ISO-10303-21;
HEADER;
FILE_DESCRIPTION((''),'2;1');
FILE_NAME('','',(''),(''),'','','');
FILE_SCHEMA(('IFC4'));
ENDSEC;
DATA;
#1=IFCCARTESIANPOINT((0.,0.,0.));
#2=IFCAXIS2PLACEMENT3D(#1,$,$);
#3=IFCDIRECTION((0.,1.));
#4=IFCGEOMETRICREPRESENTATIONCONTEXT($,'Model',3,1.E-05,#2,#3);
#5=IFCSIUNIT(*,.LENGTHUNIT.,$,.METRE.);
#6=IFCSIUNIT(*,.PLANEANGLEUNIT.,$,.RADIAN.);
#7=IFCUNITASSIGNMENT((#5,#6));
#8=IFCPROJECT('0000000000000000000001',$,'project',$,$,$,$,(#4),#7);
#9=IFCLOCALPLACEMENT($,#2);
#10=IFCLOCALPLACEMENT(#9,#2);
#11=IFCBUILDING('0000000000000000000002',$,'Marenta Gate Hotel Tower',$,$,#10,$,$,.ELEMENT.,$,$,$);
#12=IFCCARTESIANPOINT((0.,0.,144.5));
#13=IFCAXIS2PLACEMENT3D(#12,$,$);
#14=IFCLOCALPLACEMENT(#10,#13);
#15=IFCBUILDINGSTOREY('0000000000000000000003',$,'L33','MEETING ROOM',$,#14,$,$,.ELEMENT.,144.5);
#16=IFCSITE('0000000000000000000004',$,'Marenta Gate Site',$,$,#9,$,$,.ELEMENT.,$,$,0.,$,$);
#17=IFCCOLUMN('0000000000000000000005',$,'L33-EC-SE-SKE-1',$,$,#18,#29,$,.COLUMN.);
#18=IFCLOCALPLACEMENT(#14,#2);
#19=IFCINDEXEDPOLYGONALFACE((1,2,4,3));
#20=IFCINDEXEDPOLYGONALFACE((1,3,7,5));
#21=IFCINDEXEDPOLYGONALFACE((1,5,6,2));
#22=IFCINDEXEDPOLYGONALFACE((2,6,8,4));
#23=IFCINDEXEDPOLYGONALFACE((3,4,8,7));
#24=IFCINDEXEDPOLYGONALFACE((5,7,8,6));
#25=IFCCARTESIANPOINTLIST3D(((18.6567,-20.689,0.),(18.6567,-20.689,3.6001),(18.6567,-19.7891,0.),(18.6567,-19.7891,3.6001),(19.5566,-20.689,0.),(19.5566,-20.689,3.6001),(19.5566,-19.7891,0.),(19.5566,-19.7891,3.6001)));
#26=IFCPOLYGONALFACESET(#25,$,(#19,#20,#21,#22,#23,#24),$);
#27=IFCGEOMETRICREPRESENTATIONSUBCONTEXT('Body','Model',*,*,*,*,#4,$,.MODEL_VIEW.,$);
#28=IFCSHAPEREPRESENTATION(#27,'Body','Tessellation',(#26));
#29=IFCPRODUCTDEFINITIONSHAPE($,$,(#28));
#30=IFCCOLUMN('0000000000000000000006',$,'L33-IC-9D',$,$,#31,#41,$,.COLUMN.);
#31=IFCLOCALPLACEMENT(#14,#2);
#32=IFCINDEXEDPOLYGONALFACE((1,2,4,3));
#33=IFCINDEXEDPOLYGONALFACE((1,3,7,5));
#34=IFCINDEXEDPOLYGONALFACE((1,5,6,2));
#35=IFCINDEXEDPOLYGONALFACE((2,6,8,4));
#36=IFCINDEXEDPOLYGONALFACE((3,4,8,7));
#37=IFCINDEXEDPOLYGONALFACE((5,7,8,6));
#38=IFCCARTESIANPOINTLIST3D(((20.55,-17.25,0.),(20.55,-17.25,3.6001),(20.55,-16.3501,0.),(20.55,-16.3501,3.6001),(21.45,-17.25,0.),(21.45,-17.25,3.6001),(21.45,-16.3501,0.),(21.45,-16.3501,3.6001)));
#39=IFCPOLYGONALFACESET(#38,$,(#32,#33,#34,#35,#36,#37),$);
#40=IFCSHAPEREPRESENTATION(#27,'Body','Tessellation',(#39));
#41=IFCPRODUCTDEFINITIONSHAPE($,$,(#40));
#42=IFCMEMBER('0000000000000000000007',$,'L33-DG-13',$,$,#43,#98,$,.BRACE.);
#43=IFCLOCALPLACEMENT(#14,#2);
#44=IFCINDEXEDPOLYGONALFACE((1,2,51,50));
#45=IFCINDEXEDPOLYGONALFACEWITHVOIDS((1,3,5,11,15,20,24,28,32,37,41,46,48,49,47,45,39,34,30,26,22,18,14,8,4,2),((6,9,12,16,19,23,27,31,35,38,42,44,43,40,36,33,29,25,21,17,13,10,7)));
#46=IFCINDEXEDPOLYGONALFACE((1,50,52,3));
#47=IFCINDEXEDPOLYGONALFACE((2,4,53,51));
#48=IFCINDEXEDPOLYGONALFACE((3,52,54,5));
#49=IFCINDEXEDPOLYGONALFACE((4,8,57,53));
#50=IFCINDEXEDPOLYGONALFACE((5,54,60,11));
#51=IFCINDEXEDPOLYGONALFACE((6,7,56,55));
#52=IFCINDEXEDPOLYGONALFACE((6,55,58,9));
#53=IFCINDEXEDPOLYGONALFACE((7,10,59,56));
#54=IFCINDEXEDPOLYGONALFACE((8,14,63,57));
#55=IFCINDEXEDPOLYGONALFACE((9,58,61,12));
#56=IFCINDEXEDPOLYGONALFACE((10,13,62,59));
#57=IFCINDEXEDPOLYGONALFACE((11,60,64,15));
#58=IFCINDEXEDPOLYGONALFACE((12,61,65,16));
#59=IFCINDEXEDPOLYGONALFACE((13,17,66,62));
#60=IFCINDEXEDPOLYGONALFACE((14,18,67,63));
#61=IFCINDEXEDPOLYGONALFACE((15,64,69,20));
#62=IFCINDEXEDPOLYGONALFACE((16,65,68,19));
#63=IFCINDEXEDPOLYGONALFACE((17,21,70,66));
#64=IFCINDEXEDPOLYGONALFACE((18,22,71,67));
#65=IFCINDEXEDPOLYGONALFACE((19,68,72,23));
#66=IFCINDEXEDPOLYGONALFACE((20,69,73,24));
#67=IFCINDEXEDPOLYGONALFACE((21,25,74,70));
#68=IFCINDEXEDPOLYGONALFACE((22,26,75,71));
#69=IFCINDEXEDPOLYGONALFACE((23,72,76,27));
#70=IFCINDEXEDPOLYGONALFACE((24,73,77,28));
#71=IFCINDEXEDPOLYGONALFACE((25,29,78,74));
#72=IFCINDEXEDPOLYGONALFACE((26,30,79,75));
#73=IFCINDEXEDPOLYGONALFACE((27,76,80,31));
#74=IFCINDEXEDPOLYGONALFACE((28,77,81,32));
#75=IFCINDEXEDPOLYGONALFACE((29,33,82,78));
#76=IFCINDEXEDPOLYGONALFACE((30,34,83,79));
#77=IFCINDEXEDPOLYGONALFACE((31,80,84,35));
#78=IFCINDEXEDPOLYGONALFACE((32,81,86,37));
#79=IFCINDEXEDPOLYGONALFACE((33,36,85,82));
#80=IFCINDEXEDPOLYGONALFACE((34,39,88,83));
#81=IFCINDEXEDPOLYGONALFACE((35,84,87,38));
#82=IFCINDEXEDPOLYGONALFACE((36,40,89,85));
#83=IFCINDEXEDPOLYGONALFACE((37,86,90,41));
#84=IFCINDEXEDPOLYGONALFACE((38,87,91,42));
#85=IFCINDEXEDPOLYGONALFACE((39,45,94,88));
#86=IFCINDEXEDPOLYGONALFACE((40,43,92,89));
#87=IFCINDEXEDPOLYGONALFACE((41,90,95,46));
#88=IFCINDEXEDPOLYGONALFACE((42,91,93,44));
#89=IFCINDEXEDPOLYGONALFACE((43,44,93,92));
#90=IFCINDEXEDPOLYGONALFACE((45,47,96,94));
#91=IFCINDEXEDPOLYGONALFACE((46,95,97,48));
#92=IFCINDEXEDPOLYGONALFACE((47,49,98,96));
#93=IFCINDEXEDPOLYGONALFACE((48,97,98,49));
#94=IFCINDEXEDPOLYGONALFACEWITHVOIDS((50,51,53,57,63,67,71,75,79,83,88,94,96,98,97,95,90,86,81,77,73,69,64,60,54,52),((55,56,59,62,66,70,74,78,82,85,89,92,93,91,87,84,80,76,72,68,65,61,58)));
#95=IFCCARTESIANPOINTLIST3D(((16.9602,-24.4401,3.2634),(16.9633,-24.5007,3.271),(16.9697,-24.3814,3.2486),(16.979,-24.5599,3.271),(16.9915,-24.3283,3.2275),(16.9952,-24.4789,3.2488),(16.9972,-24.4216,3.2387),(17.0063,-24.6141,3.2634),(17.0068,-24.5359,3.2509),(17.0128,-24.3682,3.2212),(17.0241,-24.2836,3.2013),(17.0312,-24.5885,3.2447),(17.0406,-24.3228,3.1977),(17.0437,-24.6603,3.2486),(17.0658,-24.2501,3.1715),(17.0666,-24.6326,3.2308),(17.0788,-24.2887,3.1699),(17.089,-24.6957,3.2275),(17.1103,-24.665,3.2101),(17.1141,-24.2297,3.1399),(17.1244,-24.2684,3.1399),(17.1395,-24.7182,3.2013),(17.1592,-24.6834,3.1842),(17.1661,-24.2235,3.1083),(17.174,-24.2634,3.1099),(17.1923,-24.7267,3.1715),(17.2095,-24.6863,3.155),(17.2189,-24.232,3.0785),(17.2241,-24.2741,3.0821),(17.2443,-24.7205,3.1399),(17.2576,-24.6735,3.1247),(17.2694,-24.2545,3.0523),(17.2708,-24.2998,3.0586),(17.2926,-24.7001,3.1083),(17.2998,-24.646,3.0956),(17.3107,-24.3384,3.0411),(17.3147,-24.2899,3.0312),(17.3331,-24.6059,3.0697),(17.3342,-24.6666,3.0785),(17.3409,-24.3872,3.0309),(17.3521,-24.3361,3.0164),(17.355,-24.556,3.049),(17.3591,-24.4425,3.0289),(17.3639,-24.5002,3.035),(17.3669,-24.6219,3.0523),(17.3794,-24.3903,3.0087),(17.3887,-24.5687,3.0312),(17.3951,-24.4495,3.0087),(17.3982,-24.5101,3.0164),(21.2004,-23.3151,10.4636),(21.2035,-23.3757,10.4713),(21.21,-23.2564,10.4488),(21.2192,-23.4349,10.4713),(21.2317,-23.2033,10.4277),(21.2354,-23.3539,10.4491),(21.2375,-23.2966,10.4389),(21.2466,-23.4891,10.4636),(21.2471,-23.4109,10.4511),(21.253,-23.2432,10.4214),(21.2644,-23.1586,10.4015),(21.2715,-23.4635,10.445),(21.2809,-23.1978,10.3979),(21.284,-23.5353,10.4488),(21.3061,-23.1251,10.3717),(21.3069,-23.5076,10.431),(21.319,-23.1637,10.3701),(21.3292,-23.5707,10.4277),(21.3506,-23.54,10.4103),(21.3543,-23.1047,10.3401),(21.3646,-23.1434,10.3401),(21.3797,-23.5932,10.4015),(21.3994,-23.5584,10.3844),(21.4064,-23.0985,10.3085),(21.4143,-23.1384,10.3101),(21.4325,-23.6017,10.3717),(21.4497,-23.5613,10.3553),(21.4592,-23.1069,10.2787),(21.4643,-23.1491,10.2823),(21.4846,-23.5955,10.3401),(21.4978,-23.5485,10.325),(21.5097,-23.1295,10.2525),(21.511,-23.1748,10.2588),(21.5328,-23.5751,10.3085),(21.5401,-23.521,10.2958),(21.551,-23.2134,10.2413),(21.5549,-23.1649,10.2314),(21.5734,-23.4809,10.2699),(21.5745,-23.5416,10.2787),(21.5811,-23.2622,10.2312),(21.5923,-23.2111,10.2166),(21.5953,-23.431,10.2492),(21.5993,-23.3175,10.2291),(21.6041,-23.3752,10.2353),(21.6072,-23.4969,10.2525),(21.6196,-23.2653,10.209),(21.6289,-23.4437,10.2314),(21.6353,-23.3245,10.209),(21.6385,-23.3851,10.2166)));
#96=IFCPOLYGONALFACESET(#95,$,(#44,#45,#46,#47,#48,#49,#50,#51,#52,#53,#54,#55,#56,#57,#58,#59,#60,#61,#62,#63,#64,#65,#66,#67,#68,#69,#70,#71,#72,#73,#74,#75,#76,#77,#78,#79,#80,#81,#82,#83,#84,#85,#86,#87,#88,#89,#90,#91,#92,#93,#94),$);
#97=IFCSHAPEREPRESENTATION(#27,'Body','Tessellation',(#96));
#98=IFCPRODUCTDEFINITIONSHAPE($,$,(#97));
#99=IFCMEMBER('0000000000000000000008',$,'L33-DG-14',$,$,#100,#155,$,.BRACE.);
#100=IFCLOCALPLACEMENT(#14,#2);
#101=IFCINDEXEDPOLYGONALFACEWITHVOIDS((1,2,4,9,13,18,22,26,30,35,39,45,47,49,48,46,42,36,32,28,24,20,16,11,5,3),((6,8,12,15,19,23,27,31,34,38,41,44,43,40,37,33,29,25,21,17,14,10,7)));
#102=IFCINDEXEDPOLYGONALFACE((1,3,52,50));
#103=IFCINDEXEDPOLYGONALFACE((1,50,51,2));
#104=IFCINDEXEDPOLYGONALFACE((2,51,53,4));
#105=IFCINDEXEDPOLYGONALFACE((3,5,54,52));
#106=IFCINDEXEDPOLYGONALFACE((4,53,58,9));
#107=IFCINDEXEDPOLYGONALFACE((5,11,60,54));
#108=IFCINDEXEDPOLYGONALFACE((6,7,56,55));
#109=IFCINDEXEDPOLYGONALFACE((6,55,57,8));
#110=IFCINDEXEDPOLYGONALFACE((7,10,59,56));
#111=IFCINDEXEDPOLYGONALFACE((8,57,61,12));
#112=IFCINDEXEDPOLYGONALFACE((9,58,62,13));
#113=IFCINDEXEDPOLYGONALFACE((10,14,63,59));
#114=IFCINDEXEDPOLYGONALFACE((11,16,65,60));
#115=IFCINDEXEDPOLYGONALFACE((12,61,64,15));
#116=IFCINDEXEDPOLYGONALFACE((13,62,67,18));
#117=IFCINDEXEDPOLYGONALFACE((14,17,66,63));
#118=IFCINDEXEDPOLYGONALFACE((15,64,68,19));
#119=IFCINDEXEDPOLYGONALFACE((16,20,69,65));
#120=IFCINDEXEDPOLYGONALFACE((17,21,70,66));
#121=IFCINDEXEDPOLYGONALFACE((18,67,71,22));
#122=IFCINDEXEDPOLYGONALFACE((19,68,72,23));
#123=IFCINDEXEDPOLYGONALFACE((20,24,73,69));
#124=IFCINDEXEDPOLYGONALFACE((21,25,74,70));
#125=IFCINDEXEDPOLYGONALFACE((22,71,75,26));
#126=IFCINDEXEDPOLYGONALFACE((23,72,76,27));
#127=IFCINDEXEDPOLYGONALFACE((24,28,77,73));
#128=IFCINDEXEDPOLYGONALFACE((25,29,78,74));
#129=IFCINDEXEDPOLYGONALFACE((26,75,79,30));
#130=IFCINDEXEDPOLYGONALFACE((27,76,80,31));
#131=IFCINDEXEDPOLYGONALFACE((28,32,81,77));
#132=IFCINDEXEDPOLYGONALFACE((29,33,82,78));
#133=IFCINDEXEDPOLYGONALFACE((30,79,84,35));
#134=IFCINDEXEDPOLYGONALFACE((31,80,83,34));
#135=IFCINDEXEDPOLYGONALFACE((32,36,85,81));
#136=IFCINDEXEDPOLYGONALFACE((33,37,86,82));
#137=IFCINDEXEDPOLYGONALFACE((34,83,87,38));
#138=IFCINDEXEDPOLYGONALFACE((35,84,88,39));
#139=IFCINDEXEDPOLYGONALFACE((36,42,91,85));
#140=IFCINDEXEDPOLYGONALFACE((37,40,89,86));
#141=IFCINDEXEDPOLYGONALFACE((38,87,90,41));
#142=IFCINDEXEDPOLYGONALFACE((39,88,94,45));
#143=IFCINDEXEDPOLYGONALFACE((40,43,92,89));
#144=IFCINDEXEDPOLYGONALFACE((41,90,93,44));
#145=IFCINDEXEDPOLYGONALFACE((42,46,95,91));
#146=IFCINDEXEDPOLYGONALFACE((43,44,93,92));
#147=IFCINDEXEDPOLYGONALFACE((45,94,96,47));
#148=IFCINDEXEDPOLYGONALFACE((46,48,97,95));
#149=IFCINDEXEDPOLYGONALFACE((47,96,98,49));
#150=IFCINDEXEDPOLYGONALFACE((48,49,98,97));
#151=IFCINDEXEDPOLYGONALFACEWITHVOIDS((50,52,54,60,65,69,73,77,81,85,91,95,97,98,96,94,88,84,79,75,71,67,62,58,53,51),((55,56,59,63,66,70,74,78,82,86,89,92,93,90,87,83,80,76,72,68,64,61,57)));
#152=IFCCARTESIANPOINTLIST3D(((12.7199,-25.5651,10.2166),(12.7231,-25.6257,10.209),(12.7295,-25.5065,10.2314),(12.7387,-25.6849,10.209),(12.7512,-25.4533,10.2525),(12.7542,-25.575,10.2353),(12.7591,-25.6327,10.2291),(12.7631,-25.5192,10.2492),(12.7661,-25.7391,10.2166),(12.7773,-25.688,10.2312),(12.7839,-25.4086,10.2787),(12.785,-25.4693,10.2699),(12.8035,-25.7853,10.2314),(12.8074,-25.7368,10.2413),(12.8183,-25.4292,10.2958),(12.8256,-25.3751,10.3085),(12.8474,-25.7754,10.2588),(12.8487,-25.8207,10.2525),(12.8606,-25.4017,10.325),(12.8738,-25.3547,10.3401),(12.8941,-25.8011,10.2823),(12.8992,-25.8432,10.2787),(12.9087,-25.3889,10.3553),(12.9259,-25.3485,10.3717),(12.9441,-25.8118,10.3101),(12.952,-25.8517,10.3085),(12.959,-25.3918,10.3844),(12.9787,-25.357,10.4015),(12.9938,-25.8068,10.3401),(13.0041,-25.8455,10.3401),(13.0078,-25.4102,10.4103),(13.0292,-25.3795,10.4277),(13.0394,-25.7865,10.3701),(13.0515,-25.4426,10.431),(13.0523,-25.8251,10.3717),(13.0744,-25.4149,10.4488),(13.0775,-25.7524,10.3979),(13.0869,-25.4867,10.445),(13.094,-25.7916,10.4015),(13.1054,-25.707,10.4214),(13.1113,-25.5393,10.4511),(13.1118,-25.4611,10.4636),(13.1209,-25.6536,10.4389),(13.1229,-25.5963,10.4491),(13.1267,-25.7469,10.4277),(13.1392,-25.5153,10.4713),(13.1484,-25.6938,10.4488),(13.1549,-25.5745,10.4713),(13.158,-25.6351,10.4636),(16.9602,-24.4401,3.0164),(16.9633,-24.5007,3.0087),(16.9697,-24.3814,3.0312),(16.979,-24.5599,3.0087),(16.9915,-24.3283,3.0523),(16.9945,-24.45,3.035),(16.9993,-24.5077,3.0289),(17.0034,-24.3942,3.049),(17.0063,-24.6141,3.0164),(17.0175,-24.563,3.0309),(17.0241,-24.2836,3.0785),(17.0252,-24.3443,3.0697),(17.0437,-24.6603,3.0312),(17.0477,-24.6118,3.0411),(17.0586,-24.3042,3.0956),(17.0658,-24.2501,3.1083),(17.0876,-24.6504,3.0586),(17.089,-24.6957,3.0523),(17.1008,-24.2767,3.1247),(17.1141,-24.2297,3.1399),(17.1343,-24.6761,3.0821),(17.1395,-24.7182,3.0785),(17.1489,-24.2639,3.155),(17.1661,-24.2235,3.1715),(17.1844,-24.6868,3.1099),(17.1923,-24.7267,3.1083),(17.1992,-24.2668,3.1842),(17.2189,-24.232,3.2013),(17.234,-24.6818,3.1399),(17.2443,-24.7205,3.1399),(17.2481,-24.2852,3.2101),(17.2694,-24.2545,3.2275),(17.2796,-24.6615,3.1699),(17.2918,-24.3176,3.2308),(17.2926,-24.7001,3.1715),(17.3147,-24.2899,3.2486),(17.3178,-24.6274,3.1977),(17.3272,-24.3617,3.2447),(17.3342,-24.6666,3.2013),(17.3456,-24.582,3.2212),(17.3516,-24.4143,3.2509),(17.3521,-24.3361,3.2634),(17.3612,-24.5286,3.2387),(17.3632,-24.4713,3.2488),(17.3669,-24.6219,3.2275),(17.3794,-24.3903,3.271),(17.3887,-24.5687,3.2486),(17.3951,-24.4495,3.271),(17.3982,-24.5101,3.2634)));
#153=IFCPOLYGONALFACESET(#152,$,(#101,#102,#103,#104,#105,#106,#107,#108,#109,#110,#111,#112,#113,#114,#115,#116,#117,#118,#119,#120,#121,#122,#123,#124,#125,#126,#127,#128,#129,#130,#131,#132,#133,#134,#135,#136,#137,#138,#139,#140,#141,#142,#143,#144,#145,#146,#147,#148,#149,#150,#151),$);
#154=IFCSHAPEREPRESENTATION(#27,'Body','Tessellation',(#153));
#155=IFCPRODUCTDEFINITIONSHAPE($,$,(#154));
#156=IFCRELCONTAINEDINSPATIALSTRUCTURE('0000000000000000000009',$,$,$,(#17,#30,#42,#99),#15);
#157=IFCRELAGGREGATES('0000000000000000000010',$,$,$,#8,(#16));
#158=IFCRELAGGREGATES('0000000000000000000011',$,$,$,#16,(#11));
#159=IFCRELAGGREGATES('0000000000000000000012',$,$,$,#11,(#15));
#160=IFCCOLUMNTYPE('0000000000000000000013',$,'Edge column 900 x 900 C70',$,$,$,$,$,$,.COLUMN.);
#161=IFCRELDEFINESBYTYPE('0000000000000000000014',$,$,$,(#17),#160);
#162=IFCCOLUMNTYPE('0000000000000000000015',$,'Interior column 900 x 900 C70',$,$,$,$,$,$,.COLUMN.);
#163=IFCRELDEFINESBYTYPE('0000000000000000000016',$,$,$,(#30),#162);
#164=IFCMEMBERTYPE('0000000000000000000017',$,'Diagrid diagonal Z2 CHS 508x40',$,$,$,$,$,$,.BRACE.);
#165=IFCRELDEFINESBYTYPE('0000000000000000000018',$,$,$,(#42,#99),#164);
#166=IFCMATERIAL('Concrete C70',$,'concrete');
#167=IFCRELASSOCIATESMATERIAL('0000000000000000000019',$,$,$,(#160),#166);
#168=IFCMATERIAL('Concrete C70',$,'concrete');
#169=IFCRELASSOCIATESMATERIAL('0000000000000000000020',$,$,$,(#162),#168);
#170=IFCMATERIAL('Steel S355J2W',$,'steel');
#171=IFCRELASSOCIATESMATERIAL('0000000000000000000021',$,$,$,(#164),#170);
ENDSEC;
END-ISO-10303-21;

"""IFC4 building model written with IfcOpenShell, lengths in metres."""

from ifc_helpers import new_model, si_unit, direction, frame, origin, origin_2d, place, context, subcontext, project, spatial, rectangle, hollow_circle, extrude, material, material_profile, profile_set, type_object, element, save


model = new_model("IFC4")

# Units and contexts
model_context = context("Model", 3, precision=1e-05, world=origin(), true_north=direction((0.0, 1.0)))
body_context = subcontext(model_context, "Body", "Model", "MODEL_VIEW")
ifc_project = project(units=[si_unit("LENGTHUNIT", "METRE"), si_unit("PLANEANGLEUNIT", "RADIAN")], contexts=[model_context])

# Site, building, storey
site_placement = place(None, origin())
site = spatial("IfcSite", under=ifc_project, at=site_placement, Name="Marenta Gate Site", CompositionType="ELEMENT", RefElevation=0.0)
building_placement = place(site_placement, origin())
building = spatial("IfcBuilding", under=site, at=building_placement, Name="Marenta Gate Hotel Tower", CompositionType="ELEMENT")
storey_placement = place(building_placement, frame((0.0, 0.0, 144.5)))
storey = spatial("IfcBuildingStorey", under=building, at=storey_placement, Name="L33", Description="MEETING ROOM", CompositionType="ELEMENT", Elevation=144.5)

# Columns
ifc_material_1 = material(Name="Concrete C70", Category="concrete")
ifc_material_profile_1 = material_profile(ifc_material_1, rectangle(XDim=0.8999, YDim=0.8999, at=origin_2d()), Name="900 x 900")
ifc_profile_set_1 = profile_set([ifc_material_profile_1], Name="Concrete C70")
column_type_1 = type_object("IfcColumnType", Name="Edge column 900 x 900 C70", PredefinedType="COLUMN", material=ifc_profile_set_1)
column_1_placement = place(storey_placement, frame((19.1067, -20.239, 0.0), z_axis=(0.0, 0.0, 1.0), x_axis=(1.0, 0.0, 0.0)))
element("IfcColumn", 1, at=column_1_placement, inside=storey, type_object=column_type_1, Name="L33-EC-SE-SKE-1", PredefinedType="COLUMN", context=body_context, shape_type="SweptSolid", body=[
    extrude(rectangle(XDim=0.8999, YDim=0.8999, at=origin_2d()), origin(), (0.0, 0.0, 1.0), 3.6001),
])
ifc_material_2 = material(Name="Concrete C70", Category="concrete")
ifc_material_profile_2 = material_profile(ifc_material_2, rectangle(XDim=0.8999, YDim=0.8999, at=origin_2d()), Name="900 x 900")
ifc_profile_set_2 = profile_set([ifc_material_profile_2], Name="Concrete C70")
column_type_2 = type_object("IfcColumnType", Name="Interior column 900 x 900 C70", PredefinedType="COLUMN", material=ifc_profile_set_2)
column_2_placement = place(storey_placement, frame((21.0, -16.8, 0.0), z_axis=(0.0, 0.0, 1.0), x_axis=(1.0, 0.0, 0.0)))
element("IfcColumn", 2, at=column_2_placement, inside=storey, type_object=column_type_2, Name="L33-IC-9D", PredefinedType="COLUMN", context=body_context, shape_type="SweptSolid", body=[
    extrude(rectangle(XDim=0.8999, YDim=0.8999, at=origin_2d()), origin(), (0.0, 0.0, 1.0), 3.6001),
])

# Members
ifc_material_3 = material(Name="Steel S355J2W", Category="steel")
ifc_material_profile_3 = material_profile(ifc_material_3, hollow_circle(Radius=0.2539, WallThickness=0.04, at=origin_2d()), Name="CHS 508x40")
ifc_profile_set_3 = profile_set([ifc_material_profile_3], Name="Steel S355J2W")
member_type_1 = type_object("IfcMemberType", Name="Diagrid diagonal Z2 CHS 508x40", PredefinedType="BRACE", material=ifc_profile_set_3)
for number, where, z_axis, x_axis, name in (
    (3, (17.1792, -24.4751, 3.1399), (0.502912, 0.13343, 0.853977), (-0.256443, 0.966559, 0.0), "L33-DG-13"),
    (4, (17.1792, -24.4751, 3.1399), (-0.502912, -0.13343, 0.853977), (0.256443, -0.966559, 0.0), "L33-DG-14"),
):
    element("IfcMember", number, at=place(storey_placement, frame(where, z_axis=z_axis, x_axis=x_axis)), inside=storey, type_object=member_type_1, Name=name, PredefinedType="BRACE", context=body_context, shape_type="SweptSolid", body=[
        extrude(hollow_circle(Radius=0.2539, WallThickness=0.04, at=origin_2d()), origin(), (0.0, 0.0, 1.0), 8.4314),
    ])

save(model, "model.ifc")
